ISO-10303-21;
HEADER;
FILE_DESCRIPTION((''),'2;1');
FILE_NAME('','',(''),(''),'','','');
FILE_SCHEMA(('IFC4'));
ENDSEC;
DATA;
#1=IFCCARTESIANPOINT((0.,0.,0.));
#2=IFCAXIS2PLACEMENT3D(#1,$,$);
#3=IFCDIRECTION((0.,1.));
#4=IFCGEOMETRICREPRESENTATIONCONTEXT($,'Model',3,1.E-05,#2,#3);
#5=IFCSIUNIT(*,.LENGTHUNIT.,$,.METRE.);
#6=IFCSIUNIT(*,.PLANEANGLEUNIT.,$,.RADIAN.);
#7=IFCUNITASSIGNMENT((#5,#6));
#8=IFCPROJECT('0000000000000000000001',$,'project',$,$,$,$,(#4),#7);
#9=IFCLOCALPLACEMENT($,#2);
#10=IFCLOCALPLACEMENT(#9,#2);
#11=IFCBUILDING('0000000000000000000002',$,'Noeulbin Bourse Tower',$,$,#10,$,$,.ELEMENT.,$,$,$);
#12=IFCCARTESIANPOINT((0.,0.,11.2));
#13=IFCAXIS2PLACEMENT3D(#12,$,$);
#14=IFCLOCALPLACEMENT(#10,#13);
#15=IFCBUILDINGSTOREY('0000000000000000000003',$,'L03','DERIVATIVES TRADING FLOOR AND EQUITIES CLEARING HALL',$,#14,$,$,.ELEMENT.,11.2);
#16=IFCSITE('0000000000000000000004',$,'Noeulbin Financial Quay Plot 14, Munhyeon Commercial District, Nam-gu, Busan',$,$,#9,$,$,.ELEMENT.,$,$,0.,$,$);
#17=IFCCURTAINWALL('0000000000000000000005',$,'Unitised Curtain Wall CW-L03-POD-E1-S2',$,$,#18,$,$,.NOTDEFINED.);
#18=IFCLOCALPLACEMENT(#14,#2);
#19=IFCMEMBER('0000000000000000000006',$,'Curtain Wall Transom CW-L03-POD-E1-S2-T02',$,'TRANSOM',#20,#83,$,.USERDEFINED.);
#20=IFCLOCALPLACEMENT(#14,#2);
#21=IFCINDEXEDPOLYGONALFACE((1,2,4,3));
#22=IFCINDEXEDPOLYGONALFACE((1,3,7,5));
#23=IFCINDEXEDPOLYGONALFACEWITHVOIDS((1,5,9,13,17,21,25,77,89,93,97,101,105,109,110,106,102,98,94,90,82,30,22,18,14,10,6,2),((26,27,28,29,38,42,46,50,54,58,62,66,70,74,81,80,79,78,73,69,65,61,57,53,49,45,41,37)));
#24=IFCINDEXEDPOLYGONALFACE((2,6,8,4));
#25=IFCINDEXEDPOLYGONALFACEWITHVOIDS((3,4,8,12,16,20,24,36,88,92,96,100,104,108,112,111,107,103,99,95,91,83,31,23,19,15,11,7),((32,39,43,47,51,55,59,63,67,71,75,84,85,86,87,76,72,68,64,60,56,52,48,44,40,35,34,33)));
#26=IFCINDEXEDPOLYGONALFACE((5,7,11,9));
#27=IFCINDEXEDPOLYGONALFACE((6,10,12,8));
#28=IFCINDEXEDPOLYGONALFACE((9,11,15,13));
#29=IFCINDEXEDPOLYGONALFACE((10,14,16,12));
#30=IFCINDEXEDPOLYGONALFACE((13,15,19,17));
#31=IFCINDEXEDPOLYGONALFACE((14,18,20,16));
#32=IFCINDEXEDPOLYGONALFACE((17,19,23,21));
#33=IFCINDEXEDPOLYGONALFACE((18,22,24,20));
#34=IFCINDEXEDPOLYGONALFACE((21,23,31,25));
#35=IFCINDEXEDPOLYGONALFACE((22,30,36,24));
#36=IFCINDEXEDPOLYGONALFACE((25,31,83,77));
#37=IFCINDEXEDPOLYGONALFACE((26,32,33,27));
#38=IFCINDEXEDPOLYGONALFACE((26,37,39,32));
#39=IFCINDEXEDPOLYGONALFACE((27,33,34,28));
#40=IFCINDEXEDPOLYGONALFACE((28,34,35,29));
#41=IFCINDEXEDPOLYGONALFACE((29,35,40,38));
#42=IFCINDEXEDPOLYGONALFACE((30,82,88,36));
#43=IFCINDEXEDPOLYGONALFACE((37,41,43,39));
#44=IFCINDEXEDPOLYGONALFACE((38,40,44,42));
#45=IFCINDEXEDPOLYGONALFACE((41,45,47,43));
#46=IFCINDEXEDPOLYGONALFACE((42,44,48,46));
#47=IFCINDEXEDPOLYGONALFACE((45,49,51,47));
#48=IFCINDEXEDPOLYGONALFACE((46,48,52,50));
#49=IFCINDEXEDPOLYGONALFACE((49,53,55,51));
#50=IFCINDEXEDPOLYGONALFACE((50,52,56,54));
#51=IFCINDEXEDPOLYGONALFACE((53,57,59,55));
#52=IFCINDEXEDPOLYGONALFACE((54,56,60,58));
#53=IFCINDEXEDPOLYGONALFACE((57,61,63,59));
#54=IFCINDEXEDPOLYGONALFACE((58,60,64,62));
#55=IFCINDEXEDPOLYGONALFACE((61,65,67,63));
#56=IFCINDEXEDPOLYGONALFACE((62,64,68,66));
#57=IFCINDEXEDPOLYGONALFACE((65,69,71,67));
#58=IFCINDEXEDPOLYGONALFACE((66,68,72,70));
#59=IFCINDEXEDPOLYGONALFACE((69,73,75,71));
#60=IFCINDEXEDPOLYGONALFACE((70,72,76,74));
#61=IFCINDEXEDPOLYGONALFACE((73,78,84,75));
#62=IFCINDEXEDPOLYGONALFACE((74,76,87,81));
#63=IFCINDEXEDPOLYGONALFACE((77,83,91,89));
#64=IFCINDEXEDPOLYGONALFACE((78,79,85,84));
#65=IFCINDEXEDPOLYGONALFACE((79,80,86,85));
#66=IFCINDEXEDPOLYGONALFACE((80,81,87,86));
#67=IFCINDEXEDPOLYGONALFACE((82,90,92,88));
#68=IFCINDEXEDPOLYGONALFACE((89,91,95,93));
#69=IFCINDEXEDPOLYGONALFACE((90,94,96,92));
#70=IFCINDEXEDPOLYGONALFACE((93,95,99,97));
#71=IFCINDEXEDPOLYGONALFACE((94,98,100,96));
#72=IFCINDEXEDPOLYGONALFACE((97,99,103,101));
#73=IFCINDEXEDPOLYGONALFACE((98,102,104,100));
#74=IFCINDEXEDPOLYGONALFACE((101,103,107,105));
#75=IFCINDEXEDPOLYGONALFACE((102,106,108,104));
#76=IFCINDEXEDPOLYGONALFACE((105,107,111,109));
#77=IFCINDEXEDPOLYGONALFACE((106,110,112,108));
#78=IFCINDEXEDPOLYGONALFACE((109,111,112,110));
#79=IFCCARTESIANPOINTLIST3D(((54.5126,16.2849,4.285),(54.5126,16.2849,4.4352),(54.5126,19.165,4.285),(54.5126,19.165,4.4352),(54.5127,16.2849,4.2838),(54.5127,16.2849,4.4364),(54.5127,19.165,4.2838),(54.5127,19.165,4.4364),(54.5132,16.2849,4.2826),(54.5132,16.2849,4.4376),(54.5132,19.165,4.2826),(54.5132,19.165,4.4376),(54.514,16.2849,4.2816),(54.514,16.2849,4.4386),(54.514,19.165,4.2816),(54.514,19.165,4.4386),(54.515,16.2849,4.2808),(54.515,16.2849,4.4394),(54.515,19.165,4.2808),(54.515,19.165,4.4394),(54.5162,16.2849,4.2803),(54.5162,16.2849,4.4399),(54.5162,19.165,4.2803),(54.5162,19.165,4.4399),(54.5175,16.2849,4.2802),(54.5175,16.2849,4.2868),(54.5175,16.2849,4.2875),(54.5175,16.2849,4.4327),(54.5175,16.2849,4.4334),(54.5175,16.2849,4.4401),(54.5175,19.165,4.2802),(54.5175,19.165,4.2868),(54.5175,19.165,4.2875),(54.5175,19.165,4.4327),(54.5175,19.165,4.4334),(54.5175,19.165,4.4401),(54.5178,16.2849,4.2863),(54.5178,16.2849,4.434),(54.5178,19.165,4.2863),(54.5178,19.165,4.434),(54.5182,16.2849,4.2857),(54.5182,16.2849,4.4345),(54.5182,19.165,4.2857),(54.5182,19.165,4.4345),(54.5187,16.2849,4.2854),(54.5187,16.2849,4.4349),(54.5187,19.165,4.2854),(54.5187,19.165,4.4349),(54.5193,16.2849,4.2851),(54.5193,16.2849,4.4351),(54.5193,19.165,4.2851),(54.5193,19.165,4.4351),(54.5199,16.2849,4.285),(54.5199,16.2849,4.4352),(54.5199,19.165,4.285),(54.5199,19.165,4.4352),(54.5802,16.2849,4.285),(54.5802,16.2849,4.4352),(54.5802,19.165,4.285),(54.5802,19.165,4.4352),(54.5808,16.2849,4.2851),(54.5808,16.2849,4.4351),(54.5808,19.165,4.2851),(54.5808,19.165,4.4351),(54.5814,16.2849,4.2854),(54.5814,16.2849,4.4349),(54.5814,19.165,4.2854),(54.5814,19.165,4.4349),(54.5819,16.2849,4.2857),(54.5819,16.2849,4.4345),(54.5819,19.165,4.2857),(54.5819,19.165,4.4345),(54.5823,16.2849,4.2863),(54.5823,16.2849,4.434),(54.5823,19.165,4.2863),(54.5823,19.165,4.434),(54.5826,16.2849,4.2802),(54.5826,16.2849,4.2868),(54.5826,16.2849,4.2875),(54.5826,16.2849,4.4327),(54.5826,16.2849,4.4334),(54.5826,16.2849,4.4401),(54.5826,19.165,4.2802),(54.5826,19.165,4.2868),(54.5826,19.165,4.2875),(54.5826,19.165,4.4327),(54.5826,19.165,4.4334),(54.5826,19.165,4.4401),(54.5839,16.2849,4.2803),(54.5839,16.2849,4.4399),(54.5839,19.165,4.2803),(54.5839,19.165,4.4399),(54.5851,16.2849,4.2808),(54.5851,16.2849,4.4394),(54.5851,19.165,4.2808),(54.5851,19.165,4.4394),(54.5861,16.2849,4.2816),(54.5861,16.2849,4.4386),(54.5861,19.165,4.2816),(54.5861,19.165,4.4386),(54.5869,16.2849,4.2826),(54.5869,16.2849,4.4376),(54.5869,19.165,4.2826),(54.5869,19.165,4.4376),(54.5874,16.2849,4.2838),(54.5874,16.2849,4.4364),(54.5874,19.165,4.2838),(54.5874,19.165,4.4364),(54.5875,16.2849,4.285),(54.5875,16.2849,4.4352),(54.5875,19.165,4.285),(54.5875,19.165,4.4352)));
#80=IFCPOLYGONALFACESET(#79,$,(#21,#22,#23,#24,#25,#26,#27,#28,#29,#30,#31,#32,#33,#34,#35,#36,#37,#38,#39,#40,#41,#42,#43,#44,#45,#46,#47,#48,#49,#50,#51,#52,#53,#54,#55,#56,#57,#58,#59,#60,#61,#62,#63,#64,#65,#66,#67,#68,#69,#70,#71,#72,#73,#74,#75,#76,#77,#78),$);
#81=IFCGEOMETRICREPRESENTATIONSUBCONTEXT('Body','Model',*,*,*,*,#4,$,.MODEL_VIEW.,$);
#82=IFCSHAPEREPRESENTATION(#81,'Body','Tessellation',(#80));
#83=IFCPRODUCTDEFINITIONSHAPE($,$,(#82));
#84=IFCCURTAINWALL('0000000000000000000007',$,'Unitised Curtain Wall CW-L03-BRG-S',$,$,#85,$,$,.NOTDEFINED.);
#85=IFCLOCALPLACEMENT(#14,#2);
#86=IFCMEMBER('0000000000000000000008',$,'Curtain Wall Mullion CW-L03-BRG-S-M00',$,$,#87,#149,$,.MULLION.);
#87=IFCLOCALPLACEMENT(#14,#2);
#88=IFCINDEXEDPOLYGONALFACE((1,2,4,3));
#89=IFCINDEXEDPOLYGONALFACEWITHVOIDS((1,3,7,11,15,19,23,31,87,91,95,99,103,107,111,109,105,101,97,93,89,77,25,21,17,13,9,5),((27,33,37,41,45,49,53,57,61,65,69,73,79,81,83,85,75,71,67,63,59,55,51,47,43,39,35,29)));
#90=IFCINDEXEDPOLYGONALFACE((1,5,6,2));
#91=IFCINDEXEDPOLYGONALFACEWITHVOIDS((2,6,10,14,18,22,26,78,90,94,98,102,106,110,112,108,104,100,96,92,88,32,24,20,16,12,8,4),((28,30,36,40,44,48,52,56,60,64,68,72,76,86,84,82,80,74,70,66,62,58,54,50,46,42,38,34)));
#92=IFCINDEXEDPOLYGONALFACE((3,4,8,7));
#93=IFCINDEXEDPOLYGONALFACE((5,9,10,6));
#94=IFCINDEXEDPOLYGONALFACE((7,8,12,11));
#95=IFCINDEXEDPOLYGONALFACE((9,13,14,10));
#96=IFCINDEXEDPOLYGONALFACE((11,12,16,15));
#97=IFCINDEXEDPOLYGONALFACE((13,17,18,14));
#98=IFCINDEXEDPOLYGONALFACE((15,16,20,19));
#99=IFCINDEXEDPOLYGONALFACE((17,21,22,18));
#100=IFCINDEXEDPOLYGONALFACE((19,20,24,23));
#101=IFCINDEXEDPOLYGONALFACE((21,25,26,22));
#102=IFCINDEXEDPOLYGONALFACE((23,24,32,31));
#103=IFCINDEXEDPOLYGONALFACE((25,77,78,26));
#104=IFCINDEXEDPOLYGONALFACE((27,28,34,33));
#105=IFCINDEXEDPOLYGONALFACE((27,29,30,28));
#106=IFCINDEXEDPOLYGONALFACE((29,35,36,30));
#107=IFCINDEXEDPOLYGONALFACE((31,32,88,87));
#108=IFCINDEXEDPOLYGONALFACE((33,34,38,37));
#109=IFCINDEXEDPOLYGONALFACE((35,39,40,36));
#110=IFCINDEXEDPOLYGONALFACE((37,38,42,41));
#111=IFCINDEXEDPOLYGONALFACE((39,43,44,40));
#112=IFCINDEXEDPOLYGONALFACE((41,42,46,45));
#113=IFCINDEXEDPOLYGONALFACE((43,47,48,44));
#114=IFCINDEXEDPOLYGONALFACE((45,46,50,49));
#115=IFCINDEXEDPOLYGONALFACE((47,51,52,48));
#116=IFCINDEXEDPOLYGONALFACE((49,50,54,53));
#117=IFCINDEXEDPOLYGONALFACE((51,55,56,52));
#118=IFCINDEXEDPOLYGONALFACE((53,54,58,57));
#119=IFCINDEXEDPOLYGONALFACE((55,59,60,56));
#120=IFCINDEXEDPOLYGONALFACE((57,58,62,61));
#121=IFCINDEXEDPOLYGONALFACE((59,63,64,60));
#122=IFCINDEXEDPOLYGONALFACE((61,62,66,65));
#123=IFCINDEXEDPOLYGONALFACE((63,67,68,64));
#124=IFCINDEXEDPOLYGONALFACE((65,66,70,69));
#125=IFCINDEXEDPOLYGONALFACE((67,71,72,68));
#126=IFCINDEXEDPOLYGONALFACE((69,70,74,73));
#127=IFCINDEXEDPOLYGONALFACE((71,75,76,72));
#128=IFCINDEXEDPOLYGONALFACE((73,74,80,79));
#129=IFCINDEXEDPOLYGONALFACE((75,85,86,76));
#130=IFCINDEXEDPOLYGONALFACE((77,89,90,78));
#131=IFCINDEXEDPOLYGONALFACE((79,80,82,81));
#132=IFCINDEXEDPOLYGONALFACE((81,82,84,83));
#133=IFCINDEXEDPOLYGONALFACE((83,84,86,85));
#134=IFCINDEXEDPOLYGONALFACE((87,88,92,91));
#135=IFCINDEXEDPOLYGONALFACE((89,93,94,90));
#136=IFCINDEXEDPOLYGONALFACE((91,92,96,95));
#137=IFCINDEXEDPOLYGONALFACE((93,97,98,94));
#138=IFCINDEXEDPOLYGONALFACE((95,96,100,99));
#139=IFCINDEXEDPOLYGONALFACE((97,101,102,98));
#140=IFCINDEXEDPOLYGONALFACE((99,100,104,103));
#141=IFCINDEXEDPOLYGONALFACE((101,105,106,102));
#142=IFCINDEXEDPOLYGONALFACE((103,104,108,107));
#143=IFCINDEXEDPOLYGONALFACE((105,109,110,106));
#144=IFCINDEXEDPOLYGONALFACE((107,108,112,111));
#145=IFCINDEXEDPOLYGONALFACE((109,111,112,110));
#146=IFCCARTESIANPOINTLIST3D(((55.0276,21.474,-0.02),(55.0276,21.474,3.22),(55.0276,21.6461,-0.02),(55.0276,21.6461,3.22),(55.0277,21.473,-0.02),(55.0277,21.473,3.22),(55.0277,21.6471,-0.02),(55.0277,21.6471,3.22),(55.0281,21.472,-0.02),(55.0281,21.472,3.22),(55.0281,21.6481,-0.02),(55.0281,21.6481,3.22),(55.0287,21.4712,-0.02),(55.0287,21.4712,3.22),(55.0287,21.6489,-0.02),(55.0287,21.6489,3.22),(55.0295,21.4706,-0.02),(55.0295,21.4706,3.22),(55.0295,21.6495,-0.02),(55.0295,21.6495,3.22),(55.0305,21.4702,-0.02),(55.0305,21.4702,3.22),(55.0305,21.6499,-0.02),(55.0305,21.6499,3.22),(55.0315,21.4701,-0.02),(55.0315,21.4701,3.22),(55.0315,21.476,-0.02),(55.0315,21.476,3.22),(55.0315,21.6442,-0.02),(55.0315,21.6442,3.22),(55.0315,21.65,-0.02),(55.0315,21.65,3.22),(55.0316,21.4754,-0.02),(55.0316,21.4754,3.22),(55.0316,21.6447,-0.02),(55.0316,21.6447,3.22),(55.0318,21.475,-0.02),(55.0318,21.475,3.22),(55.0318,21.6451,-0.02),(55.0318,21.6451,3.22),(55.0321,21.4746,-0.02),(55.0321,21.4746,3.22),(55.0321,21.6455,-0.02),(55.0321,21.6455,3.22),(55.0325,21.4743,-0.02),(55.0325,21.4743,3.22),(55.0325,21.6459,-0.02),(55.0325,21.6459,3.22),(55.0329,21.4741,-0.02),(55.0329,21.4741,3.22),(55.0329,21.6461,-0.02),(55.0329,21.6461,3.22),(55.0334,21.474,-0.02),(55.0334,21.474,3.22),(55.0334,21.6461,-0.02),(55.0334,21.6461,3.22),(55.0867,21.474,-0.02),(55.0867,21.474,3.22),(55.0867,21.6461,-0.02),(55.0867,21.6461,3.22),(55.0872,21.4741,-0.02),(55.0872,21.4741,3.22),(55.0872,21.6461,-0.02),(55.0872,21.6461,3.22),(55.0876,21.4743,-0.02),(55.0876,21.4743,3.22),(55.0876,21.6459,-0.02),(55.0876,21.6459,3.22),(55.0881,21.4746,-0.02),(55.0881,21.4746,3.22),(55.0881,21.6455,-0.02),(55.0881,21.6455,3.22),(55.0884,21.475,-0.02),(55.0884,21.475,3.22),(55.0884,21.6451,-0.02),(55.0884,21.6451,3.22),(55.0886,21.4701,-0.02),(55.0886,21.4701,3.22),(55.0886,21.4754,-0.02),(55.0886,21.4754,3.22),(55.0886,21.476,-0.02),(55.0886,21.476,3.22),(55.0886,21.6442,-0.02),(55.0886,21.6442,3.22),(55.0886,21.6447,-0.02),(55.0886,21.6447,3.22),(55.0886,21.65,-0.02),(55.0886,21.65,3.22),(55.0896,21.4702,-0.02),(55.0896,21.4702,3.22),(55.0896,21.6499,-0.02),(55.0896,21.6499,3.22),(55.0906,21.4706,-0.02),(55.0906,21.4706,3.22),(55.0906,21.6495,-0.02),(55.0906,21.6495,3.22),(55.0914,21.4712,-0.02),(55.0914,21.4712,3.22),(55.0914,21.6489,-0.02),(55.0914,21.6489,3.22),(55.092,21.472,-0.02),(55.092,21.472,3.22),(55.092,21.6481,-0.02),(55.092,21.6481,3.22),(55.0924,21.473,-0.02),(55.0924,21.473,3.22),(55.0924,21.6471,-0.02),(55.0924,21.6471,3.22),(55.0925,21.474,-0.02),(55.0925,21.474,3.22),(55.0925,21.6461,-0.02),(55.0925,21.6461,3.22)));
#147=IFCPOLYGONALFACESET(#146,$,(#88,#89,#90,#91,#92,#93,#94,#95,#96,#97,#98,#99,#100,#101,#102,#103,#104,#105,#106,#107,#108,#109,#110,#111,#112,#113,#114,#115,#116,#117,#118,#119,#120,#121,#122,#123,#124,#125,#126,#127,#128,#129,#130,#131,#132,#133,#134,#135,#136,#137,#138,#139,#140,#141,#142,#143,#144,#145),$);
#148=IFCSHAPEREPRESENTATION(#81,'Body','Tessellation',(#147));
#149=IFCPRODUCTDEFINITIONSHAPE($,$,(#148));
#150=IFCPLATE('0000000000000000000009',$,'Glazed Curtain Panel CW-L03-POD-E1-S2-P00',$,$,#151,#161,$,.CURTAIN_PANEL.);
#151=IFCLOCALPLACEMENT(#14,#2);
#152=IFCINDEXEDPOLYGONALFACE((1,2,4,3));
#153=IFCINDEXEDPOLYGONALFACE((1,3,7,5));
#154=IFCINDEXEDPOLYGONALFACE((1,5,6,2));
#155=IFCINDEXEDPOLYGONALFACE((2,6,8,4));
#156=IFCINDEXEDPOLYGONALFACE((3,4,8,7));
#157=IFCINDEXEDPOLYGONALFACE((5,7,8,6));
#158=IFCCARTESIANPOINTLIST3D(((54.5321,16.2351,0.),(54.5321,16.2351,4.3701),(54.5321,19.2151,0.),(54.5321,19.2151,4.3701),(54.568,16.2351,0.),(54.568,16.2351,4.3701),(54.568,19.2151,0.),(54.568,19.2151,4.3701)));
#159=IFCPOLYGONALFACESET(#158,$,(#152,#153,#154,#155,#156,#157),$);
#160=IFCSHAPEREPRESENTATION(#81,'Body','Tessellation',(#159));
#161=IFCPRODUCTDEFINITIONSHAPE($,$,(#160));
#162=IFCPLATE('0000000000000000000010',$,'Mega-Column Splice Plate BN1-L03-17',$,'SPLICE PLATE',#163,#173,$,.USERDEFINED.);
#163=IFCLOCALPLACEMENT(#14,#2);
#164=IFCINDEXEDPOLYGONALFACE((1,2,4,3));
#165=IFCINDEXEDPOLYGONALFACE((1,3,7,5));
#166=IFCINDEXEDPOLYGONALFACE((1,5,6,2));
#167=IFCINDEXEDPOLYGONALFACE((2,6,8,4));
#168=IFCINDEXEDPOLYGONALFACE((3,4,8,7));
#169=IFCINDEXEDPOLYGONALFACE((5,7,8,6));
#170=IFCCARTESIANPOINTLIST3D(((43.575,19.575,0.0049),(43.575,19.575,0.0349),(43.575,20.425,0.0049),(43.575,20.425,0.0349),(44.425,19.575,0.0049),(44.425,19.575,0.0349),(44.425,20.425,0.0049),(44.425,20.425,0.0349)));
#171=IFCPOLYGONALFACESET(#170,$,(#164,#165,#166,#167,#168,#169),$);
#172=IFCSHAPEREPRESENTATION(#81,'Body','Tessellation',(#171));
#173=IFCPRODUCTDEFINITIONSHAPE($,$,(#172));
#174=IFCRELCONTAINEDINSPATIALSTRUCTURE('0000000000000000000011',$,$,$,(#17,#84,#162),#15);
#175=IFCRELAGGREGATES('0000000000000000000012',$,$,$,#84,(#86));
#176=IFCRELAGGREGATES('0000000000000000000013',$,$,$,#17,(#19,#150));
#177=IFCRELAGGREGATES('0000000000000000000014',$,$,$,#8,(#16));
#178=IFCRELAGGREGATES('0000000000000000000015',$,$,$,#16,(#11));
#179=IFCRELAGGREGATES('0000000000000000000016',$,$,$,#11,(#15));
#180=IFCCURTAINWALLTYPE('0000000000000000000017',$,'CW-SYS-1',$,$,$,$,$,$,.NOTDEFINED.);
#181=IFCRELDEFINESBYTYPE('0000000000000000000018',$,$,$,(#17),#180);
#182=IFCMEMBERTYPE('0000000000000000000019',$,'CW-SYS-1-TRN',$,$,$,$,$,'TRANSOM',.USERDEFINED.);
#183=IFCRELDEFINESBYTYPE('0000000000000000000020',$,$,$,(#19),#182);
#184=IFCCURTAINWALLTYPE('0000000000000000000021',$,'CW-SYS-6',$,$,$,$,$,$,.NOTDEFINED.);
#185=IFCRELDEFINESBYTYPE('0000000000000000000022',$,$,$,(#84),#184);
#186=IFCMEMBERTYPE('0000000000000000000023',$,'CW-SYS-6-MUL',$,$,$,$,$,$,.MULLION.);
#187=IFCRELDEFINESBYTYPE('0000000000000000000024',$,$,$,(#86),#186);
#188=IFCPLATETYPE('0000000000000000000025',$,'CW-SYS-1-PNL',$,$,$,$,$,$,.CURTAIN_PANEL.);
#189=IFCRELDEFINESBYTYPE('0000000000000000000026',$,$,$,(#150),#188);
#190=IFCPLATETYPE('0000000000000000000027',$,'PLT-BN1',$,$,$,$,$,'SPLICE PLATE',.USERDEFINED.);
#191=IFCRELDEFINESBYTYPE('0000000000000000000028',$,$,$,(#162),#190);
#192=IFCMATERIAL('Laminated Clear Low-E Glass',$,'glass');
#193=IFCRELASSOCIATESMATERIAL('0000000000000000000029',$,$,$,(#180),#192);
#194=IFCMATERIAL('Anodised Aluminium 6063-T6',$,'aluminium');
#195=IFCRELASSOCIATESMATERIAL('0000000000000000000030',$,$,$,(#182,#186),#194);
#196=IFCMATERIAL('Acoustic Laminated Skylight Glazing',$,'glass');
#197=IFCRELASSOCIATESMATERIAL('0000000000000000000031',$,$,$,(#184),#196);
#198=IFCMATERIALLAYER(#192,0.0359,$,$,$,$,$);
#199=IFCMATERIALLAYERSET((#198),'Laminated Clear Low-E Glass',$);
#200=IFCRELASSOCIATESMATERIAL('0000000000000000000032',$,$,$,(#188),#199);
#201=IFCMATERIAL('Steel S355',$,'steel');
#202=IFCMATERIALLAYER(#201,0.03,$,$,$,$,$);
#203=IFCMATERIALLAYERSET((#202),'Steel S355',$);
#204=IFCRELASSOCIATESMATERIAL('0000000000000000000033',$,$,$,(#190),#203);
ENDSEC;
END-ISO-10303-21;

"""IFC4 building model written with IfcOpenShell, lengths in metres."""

from ifc_helpers import new_model, si_unit, direction, frame, origin, origin_2d, place, context, subcontext, project, spatial, rectangle, hollow_rectangle, extrude, material, layer, layer_set, material_profile, profile_set, type_object, element, aggregate, save


model = new_model("IFC4")

# Units and contexts
model_context = context("Model", 3, precision=1e-05, world=origin(), true_north=direction((0.0, 1.0)))
body_context = subcontext(model_context, "Body", "Model", "MODEL_VIEW")
ifc_project = project(units=[si_unit("LENGTHUNIT", "METRE"), si_unit("PLANEANGLEUNIT", "RADIAN")], contexts=[model_context])

# Site, building, storey
site_placement = place(None, origin())
site = spatial("IfcSite", under=ifc_project, at=site_placement, Name="Noeulbin Financial Quay Plot 14, Munhyeon Commercial District, Nam-gu, Busan", CompositionType="ELEMENT", RefElevation=0.0)
building_placement = place(site_placement, origin())
building = spatial("IfcBuilding", under=site, at=building_placement, Name="Noeulbin Bourse Tower", CompositionType="ELEMENT")
storey_placement = place(building_placement, frame((0.0, 0.0, 11.2)))
storey = spatial("IfcBuildingStorey", under=building, at=storey_placement, Name="L03", Description="DERIVATIVES TRADING FLOOR AND EQUITIES CLEARING HALL", CompositionType="ELEMENT", Elevation=11.2)

# Shared definitions
ifc_material_1 = material(Name="Steel S355", Category="steel")

# Curtain wall, member
ifc_material_2 = material(Name="Laminated Clear Low-E Glass", Category="glass")
curtain_wall_type_1 = type_object("IfcCurtainWallType", Name="CW-SYS-1", PredefinedType="NOTDEFINED", material=ifc_material_2)
curtain_wall_1_placement = place(storey_placement, origin())
curtain_wall_1 = element("IfcCurtainWall", 1, at=curtain_wall_1_placement, inside=storey, type_object=curtain_wall_type_1, Name="Unitised Curtain Wall CW-L03-POD-E1-S2", PredefinedType="NOTDEFINED")
ifc_material_3 = material(Name="Anodised Aluminium 6063-T6", Category="aluminium")
ifc_material_profile_1 = material_profile(ifc_material_3, hollow_rectangle(XDim=0.075, YDim=0.1599, WallThickness=0.0049, InnerFilletRadius=0.0024, OuterFilletRadius=0.0049, at=origin_2d()), Name="ALU-TRAN-75x160x5", Category="LoadBearing")
ifc_profile_set_1 = profile_set([ifc_material_profile_1], Name="Anodised Aluminium 6063-T6")
member_type_1 = type_object("IfcMemberType", Name="CW-SYS-1-TRN", ElementType="TRANSOM", PredefinedType="USERDEFINED", material=ifc_profile_set_1)
member_1_placement = place(storey_placement, frame((54.55, 16.2849, 4.3601), z_axis=(0.0, 1.0, 0.0), x_axis=(-1.0, 0.0, 0.0)))
member_1 = element("IfcMember", 2, at=member_1_placement, type_object=member_type_1, Name="Curtain Wall Transom CW-L03-POD-E1-S2-T02", ObjectType="TRANSOM", PredefinedType="USERDEFINED", context=body_context, shape_type="SweptSolid", body=[
    extrude(hollow_rectangle(XDim=0.075, YDim=0.1599, WallThickness=0.0049, InnerFilletRadius=0.0024, OuterFilletRadius=0.0049, at=origin_2d()), origin(), (0.0, 0.0, 1.0), 2.8801),
])

# Curtain wall, member
ifc_material_4 = material(Name="Acoustic Laminated Skylight Glazing", Category="glass")
curtain_wall_type_2 = type_object("IfcCurtainWallType", Name="CW-SYS-6", PredefinedType="NOTDEFINED", material=ifc_material_4)
curtain_wall_2_placement = place(storey_placement, origin())
curtain_wall_2 = element("IfcCurtainWall", 3, at=curtain_wall_2_placement, inside=storey, type_object=curtain_wall_type_2, Name="Unitised Curtain Wall CW-L03-BRG-S", PredefinedType="NOTDEFINED")
ifc_material_profile_2 = material_profile(ifc_material_3, hollow_rectangle(XDim=0.0649, YDim=0.1799, WallThickness=0.0039, InnerFilletRadius=0.002, OuterFilletRadius=0.0039, at=origin_2d()), Name="ALU-MULL-65x180x4", Category="LoadBearing")
ifc_profile_set_2 = profile_set([ifc_material_profile_2], Name="Anodised Aluminium 6063-T6")
member_type_2 = type_object("IfcMemberType", Name="CW-SYS-6-MUL", PredefinedType="MULLION", material=ifc_profile_set_2)
member_2_placement = place(storey_placement, frame((55.0601, 21.5601, -0.02), z_axis=(0.0, 0.0, 1.0), x_axis=(1.0, 0.0, 0.0)))
member_2 = element("IfcMember", 4, at=member_2_placement, type_object=member_type_2, Name="Curtain Wall Mullion CW-L03-BRG-S-M00", PredefinedType="MULLION", context=body_context, shape_type="SweptSolid", body=[
    extrude(hollow_rectangle(XDim=0.0649, YDim=0.1799, WallThickness=0.0039, InnerFilletRadius=0.002, OuterFilletRadius=0.0039, at=origin_2d()), origin(), (0.0, 0.0, 1.0), 3.24),
])
aggregate(curtain_wall_2, [member_2])

# Plates
ifc_layer_1 = layer(ifc_material_2, 0.0359)
ifc_layer_set_1 = layer_set([ifc_layer_1], Name="Laminated Clear Low-E Glass")
plate_type_1 = type_object("IfcPlateType", Name="CW-SYS-1-PNL", PredefinedType="CURTAIN_PANEL", material=ifc_layer_set_1)
plate_1_placement = place(storey_placement, frame((54.55, 17.7251, 0.0), z_axis=(0.0, 0.0, 1.0), x_axis=(0.0, 1.0, 0.0)))
plate_1 = element("IfcPlate", 5, at=plate_1_placement, type_object=plate_type_1, Name="Glazed Curtain Panel CW-L03-POD-E1-S2-P00", PredefinedType="CURTAIN_PANEL", context=body_context, shape_type="SweptSolid", body=[
    extrude(rectangle(XDim=2.98, YDim=0.0359, at=origin_2d()), origin(), (0.0, 0.0, 1.0), 4.3701),
])
aggregate(curtain_wall_1, [member_1, plate_1])
ifc_layer_2 = layer(ifc_material_1, 0.03)
ifc_layer_set_2 = layer_set([ifc_layer_2], Name="Steel S355")
plate_type_2 = type_object("IfcPlateType", Name="PLT-BN1", ElementType="SPLICE PLATE", PredefinedType="USERDEFINED", material=ifc_layer_set_2)
plate_2_placement = place(storey_placement, frame((44.0, 20.0, 0.0049), z_axis=(0.0, 0.0, 1.0), x_axis=(1.0, 0.0, 0.0)))
element("IfcPlate", 6, at=plate_2_placement, inside=storey, type_object=plate_type_2, Name="Mega-Column Splice Plate BN1-L03-17", ObjectType="SPLICE PLATE", PredefinedType="USERDEFINED", context=body_context, shape_type="SweptSolid", body=[
    extrude(rectangle(XDim=0.8501, YDim=0.8501, at=origin_2d()), origin(), (0.0, 0.0, 1.0), 0.03),
])

save(model, "model.ifc")
